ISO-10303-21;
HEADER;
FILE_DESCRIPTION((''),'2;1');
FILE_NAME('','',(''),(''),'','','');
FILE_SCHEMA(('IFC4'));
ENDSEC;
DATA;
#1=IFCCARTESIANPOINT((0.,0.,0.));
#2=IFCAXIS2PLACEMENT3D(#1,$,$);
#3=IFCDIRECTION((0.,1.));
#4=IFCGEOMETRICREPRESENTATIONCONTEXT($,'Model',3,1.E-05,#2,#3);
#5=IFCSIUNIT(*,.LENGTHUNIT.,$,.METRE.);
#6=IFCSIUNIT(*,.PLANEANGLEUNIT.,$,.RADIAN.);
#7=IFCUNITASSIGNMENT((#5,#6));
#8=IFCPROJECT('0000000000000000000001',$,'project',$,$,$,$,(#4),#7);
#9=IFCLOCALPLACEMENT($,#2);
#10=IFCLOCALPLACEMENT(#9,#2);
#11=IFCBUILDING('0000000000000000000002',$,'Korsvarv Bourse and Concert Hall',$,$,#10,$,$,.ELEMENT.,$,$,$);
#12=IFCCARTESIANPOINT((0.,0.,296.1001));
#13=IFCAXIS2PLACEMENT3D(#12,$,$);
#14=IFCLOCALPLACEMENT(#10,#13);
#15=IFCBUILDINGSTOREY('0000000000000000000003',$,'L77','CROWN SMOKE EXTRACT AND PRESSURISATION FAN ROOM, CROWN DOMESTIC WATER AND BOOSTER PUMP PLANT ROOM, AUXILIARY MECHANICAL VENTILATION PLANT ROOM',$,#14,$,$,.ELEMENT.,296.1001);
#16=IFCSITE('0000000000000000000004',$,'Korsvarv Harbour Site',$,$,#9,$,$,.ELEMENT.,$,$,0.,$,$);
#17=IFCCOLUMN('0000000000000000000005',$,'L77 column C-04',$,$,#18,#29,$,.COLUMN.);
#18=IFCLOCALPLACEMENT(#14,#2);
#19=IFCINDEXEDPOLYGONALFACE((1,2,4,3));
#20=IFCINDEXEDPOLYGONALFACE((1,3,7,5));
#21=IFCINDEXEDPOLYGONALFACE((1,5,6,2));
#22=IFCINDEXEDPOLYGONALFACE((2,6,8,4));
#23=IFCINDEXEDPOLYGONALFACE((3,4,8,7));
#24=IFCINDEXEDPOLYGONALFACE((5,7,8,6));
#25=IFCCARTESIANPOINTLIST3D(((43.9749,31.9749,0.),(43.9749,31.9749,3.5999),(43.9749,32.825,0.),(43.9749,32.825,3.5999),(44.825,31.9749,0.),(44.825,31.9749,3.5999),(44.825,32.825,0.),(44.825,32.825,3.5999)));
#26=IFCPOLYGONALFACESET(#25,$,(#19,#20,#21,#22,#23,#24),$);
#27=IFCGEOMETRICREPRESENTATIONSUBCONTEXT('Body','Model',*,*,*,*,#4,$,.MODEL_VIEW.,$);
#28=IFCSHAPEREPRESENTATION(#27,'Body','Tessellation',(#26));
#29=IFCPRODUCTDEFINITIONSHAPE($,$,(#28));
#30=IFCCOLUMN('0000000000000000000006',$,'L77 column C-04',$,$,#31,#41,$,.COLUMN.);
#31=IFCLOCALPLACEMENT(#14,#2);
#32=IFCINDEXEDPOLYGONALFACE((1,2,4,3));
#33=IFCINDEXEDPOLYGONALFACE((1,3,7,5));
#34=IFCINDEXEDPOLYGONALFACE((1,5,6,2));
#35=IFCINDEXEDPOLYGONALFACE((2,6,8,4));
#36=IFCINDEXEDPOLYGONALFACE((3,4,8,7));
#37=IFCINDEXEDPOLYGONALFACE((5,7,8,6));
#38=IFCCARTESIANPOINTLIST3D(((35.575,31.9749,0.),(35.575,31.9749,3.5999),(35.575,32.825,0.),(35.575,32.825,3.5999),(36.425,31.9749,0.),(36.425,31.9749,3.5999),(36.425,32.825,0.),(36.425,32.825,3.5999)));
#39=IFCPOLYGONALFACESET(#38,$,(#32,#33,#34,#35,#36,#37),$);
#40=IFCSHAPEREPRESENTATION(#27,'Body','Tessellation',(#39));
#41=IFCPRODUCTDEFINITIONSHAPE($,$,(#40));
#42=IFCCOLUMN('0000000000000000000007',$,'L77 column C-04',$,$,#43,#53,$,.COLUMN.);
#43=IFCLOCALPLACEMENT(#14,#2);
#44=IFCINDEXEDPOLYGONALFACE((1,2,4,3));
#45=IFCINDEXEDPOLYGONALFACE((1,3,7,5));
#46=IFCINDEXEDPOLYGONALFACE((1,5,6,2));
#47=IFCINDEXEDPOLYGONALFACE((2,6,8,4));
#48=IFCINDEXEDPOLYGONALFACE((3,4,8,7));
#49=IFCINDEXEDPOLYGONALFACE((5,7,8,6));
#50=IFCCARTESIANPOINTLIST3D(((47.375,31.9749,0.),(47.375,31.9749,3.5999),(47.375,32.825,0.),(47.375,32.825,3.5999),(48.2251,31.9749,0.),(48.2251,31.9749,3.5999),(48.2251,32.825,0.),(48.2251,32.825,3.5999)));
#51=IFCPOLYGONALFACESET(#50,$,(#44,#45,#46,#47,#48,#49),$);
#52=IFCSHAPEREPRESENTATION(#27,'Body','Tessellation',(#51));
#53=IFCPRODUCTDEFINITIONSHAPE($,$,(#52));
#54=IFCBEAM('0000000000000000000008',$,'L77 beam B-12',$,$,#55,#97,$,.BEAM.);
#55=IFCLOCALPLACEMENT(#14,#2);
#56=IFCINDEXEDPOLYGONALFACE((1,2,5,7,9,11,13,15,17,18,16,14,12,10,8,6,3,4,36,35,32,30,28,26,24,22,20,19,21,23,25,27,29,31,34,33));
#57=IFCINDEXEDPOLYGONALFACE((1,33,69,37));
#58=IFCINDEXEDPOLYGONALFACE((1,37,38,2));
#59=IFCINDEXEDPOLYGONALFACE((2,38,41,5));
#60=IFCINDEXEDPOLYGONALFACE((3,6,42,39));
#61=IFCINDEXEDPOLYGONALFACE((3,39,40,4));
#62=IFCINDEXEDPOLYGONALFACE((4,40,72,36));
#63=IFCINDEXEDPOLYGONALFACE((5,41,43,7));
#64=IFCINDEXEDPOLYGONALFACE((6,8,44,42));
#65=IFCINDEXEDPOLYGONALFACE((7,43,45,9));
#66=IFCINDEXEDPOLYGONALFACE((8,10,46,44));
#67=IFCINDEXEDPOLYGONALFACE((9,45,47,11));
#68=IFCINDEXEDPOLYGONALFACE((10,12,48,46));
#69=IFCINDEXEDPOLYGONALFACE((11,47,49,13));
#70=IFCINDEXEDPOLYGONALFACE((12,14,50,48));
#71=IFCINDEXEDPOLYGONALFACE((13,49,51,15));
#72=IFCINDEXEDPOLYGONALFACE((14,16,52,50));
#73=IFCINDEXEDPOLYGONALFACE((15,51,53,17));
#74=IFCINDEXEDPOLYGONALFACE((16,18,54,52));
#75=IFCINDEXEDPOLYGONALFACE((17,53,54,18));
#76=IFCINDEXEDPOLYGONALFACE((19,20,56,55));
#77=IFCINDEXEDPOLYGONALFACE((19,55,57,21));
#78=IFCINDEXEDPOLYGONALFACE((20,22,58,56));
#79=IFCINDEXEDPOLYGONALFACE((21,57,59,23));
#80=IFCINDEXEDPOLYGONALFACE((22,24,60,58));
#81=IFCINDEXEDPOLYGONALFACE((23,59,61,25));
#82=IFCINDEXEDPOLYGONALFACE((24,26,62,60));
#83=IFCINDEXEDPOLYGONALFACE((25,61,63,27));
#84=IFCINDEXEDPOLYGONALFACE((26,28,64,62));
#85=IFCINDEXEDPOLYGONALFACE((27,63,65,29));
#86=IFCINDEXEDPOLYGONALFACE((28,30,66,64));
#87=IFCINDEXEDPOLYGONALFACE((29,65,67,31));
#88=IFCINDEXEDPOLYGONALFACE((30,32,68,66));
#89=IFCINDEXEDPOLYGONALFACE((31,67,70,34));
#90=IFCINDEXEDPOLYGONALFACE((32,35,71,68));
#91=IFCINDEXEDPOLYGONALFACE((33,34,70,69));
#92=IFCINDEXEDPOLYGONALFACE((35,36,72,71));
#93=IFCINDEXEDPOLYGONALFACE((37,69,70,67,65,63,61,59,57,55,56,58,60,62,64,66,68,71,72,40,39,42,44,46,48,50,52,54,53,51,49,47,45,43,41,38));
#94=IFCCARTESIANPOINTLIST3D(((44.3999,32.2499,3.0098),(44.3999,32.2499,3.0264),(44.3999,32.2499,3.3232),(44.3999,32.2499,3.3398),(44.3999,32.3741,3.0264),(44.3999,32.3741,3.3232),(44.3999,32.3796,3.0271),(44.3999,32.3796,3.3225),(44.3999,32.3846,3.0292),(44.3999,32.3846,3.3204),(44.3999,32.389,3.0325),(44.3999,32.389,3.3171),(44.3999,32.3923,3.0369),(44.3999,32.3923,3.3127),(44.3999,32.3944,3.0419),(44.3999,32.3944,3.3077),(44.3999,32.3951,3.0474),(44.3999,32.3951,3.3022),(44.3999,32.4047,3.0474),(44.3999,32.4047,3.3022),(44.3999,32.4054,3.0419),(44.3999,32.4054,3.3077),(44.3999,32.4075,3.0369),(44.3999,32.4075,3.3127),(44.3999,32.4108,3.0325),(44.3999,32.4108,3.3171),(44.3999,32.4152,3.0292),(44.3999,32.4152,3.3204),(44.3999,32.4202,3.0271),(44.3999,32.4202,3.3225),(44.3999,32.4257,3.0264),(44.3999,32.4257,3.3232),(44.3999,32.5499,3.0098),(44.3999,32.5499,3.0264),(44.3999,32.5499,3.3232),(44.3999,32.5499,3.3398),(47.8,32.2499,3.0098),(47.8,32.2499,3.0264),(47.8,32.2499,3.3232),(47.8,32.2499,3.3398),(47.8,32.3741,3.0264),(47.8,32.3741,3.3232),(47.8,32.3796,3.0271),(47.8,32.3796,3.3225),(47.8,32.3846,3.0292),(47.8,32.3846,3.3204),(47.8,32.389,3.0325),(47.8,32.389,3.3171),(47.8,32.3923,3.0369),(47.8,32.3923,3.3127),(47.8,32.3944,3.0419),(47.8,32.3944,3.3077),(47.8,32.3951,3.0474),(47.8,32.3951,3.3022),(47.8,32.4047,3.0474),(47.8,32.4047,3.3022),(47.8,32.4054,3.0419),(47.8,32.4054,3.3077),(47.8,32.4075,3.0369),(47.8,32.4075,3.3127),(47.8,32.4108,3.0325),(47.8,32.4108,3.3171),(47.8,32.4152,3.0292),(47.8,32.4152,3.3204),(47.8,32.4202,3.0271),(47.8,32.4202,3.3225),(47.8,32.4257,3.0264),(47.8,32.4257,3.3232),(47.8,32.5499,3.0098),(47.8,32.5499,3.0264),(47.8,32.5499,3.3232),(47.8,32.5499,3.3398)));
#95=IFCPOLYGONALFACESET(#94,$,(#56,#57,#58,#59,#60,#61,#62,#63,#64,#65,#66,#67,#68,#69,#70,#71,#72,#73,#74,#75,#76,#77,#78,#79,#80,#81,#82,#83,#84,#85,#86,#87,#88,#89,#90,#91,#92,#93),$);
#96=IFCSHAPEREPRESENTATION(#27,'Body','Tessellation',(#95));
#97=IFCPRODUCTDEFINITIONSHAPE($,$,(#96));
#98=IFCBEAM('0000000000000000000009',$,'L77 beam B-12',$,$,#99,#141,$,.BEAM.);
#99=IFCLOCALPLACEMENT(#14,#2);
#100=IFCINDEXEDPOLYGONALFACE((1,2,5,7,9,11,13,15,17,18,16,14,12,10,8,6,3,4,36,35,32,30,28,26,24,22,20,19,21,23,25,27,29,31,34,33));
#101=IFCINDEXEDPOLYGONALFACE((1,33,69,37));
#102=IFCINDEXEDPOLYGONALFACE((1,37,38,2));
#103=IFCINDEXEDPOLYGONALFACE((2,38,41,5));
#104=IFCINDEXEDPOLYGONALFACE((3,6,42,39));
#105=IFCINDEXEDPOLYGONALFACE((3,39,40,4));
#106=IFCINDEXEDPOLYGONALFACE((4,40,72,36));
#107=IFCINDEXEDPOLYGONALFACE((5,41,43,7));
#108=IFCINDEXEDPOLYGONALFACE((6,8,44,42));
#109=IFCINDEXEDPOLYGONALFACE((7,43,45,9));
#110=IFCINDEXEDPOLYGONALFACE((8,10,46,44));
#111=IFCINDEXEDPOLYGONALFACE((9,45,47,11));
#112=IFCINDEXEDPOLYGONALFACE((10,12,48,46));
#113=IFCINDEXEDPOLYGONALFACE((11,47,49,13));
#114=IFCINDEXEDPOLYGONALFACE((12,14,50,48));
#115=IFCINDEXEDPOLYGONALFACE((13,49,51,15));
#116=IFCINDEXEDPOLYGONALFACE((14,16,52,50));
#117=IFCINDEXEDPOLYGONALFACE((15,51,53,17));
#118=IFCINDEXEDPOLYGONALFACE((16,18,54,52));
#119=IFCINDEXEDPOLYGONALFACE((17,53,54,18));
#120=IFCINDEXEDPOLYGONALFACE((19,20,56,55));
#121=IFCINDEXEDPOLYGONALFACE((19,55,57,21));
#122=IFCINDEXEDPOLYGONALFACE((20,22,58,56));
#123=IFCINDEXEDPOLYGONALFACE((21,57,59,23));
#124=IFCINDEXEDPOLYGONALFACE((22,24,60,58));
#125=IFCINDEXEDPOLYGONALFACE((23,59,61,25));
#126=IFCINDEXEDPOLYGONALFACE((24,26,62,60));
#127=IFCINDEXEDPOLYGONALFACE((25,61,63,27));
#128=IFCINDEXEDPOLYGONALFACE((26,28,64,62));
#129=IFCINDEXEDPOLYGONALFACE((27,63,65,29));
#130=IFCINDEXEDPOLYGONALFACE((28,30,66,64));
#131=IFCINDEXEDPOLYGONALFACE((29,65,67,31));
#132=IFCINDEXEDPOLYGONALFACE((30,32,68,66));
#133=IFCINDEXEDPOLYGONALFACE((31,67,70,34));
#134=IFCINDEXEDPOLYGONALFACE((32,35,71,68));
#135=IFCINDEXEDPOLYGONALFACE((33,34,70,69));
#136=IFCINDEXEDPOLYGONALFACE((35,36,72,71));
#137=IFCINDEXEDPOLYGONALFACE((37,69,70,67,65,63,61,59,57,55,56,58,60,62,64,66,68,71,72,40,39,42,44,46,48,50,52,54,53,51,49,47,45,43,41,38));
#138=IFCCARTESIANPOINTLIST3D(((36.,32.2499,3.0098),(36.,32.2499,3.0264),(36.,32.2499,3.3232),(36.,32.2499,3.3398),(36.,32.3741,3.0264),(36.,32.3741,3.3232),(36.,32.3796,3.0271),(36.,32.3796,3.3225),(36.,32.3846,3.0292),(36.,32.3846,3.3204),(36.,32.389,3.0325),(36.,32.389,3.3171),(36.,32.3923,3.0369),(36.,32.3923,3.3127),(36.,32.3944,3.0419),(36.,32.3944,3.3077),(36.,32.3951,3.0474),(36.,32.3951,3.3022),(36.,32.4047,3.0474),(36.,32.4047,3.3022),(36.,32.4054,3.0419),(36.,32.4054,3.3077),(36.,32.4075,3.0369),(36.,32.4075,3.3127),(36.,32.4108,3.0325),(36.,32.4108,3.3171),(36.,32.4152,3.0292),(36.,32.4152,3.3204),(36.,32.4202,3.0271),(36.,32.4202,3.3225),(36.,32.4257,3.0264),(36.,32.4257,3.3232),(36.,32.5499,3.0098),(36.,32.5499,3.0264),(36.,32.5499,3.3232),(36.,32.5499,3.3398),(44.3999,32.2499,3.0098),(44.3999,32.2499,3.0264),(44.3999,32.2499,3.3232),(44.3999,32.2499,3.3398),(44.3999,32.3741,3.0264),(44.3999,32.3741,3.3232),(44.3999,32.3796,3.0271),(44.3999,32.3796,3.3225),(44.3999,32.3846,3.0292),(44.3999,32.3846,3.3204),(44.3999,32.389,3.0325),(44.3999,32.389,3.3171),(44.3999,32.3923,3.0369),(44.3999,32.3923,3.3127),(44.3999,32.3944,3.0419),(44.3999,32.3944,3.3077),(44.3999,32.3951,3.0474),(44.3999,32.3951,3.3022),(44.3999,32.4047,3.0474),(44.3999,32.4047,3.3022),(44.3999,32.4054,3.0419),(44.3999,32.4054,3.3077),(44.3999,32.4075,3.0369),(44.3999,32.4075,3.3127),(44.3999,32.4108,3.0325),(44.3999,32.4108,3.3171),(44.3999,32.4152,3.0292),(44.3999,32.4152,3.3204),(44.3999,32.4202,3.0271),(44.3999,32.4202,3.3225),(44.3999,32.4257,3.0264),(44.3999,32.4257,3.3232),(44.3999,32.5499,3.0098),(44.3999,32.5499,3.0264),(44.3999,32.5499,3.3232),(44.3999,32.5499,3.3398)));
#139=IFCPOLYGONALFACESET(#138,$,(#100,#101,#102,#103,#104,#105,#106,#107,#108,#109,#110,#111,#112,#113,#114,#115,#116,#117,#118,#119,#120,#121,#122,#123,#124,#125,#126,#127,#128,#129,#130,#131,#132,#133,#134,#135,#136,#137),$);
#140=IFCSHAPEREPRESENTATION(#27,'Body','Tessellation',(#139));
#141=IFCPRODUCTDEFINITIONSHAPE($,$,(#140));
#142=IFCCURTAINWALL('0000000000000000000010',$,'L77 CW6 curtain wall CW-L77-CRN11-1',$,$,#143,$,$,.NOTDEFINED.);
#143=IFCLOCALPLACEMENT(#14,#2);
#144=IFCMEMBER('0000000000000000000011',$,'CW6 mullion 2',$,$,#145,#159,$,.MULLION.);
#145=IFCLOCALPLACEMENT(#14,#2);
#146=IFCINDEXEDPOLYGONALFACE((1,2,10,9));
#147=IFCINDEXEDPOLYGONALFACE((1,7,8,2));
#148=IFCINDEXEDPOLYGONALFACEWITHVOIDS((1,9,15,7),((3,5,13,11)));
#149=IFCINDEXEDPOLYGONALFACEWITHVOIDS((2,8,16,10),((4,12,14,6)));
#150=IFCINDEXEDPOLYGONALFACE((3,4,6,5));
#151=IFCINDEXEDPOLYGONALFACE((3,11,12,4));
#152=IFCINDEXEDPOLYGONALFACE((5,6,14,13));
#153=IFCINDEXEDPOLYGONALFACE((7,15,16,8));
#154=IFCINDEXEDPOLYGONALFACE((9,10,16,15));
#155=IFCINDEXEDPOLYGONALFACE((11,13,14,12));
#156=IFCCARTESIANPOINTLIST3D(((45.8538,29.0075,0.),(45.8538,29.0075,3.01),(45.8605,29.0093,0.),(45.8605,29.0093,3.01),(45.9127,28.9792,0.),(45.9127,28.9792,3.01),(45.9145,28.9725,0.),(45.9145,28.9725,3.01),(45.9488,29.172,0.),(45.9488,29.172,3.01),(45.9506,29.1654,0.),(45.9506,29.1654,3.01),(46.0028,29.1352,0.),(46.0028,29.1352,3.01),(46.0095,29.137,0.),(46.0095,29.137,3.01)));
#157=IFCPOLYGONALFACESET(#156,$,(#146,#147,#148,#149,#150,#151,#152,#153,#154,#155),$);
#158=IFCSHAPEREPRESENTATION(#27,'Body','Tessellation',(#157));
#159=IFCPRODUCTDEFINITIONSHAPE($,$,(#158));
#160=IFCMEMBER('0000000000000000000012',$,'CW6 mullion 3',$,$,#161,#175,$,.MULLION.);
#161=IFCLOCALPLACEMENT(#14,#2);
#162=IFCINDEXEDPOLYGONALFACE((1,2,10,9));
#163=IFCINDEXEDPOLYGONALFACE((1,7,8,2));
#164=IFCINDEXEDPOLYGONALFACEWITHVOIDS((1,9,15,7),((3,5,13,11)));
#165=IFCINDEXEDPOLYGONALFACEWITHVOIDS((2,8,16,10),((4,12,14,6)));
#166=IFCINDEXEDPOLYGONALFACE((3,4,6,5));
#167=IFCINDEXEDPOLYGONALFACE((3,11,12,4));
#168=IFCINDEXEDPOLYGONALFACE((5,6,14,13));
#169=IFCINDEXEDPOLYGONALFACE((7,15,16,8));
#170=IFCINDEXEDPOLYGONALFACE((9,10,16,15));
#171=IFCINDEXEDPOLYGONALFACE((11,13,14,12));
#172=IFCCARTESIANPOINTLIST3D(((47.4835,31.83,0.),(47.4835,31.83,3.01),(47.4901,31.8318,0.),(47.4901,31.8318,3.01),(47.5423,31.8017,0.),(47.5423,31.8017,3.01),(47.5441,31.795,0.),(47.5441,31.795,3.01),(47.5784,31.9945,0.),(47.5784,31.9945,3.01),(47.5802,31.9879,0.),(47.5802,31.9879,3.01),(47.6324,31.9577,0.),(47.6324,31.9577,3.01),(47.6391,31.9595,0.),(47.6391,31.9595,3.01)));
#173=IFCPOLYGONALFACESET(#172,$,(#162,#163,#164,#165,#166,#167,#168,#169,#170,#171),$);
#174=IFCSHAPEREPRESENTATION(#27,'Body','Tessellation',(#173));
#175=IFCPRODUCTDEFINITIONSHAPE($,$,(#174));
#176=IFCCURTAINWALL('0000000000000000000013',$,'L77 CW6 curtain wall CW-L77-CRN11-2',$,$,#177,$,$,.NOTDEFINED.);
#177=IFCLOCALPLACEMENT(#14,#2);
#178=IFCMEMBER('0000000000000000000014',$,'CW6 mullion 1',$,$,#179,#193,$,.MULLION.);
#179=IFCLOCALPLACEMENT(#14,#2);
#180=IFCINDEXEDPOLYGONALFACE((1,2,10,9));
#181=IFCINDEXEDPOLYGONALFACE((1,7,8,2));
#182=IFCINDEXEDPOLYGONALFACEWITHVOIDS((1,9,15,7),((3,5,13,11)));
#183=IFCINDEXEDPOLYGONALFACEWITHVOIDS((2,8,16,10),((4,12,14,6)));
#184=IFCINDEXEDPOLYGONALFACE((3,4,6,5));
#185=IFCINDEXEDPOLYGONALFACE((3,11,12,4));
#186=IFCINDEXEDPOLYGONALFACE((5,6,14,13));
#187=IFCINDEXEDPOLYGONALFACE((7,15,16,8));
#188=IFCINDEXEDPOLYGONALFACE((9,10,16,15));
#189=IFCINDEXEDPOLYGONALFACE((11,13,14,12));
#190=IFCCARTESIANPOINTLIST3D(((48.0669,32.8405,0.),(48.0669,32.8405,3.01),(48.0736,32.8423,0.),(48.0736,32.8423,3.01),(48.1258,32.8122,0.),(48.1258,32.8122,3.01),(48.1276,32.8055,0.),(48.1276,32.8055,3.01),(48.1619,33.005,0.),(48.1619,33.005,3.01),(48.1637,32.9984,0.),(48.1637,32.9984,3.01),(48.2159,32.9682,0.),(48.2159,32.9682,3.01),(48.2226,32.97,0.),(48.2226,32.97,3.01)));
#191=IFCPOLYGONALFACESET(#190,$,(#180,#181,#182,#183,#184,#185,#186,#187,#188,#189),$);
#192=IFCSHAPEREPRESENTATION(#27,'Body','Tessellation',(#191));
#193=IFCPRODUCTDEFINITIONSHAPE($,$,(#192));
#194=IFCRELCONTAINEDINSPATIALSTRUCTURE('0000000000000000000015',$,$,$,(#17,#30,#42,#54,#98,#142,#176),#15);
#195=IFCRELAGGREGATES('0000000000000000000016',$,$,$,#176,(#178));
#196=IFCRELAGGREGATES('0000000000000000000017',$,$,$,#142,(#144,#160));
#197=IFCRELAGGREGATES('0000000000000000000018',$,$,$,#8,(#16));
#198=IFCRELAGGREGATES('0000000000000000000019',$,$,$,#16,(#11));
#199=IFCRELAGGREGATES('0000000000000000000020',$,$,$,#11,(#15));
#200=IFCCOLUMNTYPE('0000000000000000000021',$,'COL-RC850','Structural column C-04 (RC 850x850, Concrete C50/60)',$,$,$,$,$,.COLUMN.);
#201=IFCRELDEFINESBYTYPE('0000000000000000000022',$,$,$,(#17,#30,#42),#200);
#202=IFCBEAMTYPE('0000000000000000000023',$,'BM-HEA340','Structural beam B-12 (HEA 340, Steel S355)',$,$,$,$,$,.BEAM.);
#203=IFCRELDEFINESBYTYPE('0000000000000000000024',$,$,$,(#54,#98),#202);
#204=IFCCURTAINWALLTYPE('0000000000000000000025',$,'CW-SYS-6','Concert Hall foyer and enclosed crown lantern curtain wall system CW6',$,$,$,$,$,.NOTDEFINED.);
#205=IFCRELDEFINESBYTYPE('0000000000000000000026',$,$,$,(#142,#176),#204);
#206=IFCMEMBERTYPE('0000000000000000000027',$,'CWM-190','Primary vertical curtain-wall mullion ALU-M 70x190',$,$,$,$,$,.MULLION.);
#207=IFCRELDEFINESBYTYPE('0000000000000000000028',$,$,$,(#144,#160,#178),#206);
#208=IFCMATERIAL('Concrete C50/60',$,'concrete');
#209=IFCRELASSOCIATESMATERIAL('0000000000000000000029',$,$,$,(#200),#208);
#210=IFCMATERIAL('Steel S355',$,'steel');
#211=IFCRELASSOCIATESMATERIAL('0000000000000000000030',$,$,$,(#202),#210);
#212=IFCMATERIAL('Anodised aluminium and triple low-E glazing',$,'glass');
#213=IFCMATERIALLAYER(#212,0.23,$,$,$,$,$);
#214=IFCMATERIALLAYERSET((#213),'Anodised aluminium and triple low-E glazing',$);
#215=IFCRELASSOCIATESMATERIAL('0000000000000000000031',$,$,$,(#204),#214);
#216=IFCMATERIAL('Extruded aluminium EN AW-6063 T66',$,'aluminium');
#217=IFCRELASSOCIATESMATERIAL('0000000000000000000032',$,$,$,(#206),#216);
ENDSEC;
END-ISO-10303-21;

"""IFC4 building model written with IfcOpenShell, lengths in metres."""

from ifc_helpers import new_model, si_unit, direction, frame, origin, origin_2d, place, context, subcontext, project, spatial, rectangle, hollow_rectangle, i_section, extrude, source, transform, mapped, material, layer, layer_set, material_profile, profile_set, type_object, element, aggregate, save


model = new_model("IFC4")

# Units and contexts
model_context = context("Model", 3, precision=1e-05, world=origin(), true_north=direction((0.0, 1.0)))
body_context = subcontext(model_context, "Body", "Model", "MODEL_VIEW")
ifc_project = project(units=[si_unit("LENGTHUNIT", "METRE"), si_unit("PLANEANGLEUNIT", "RADIAN")], contexts=[model_context])

# Site, building, storey
site_placement = place(None, origin())
site = spatial("IfcSite", under=ifc_project, at=site_placement, Name="Korsvarv Harbour Site", CompositionType="ELEMENT", RefElevation=0.0)
building_placement = place(site_placement, origin())
building = spatial("IfcBuilding", under=site, at=building_placement, Name="Korsvarv Bourse and Concert Hall", CompositionType="ELEMENT")
storey_placement = place(building_placement, frame((0.0, 0.0, 296.1001)))
storey = spatial("IfcBuildingStorey", under=building, at=storey_placement, Name="L77", Description="CROWN SMOKE EXTRACT AND PRESSURISATION FAN ROOM, CROWN DOMESTIC WATER AND BOOSTER PUMP PLANT ROOM, AUXILIARY MECHANICAL VENTILATION PLANT ROOM", CompositionType="ELEMENT", Elevation=296.1001)

# Columns
ifc_material_1 = material(Name="Concrete C50/60", Category="concrete")
ifc_material_profile_1 = material_profile(ifc_material_1, rectangle(XDim=0.8501, YDim=0.8501, at=origin_2d()), Name="RC 850x850")
ifc_profile_set_1 = profile_set([ifc_material_profile_1], Name="Concrete C50/60")
column_type = type_object("IfcColumnType", Name="COL-RC850", Description="Structural column C-04 (RC 850x850, Concrete C50/60)", PredefinedType="COLUMN", material=ifc_profile_set_1)
shared_shape_1 = source(origin(), body_context, "Body", "SweptSolid", [
    extrude(rectangle(XDim=0.8501, YDim=0.8501, at=origin_2d()), origin(), (0.0, 0.0, 1.0), 3.5999),
])
for number, where, z_axis, x_axis, name in (
    (1, (44.3999, 32.3999, 0.0), (0.0, 0.0, 1.0), (1.0, 0.0, 0.0), "L77 column C-04"),
    (2, (36.0, 32.3999, 0.0), (0.0, 0.0, 1.0), (1.0, 0.0, 0.0), "L77 column C-04"),
    (3, (47.8, 32.3999, 0.0), (0.0, 0.0, 1.0), (1.0, 0.0, 0.0), "L77 column C-04"),
):
    element("IfcColumn", number, at=place(storey_placement, frame(where, z_axis=z_axis, x_axis=x_axis)), inside=storey, type_object=column_type, Name=name, PredefinedType="COLUMN", context=body_context, shape_type="MappedRepresentation", body=[
        mapped(shared_shape_1, transform((0.0, 0.0, 0.0), scale=1.0)),
    ])

# Beams
ifc_material_2 = material(Name="Steel S355", Category="steel")
ifc_material_profile_2 = material_profile(ifc_material_2, i_section(OverallWidth=0.3, OverallDepth=0.3301, WebThickness=0.0095, FlangeThickness=0.0166, FilletRadius=0.021, at=origin_2d()), Name="HEA 340")
ifc_profile_set_2 = profile_set([ifc_material_profile_2], Name="Steel S355")
beam_type = type_object("IfcBeamType", Name="BM-HEA340", Description="Structural beam B-12 (HEA 340, Steel S355)", PredefinedType="BEAM", material=ifc_profile_set_2)
shared_shape_2 = source(origin(), body_context, "Body", "SweptSolid", [
    extrude(i_section(OverallWidth=0.3, OverallDepth=0.3301, WebThickness=0.0095, FlangeThickness=0.0166, FilletRadius=0.021, at=origin_2d()), origin(), (0.0, 0.0, 1.0), 3.4001),
])
beam_1_placement = place(storey_placement, frame((44.3999, 32.3999, 3.1748), z_axis=(1.0, 0.0, 0.0), x_axis=(0.0, 1.0, 0.0)))
element("IfcBeam", 4, at=beam_1_placement, inside=storey, type_object=beam_type, Name="L77 beam B-12", PredefinedType="BEAM", context=body_context, shape_type="MappedRepresentation", body=[
    mapped(shared_shape_2, transform((0.0, 0.0, 0.0), scale=1.0)),
])
shared_shape_3 = source(origin(), body_context, "Body", "SweptSolid", [
    extrude(i_section(OverallWidth=0.3, OverallDepth=0.3301, WebThickness=0.0095, FlangeThickness=0.0166, FilletRadius=0.021, at=origin_2d()), origin(), (0.0, 0.0, 1.0), 8.3999),
])
beam_2_placement = place(storey_placement, frame((36.0, 32.3999, 3.1748), z_axis=(1.0, 0.0, 0.0), x_axis=(0.0, 1.0, 0.0)))
element("IfcBeam", 5, at=beam_2_placement, inside=storey, type_object=beam_type, Name="L77 beam B-12", PredefinedType="BEAM", context=body_context, shape_type="MappedRepresentation", body=[
    mapped(shared_shape_3, transform((0.0, 0.0, 0.0), scale=1.0)),
])

# Curtain walls, members
ifc_material_3 = material(Name="Anodised aluminium and triple low-E glazing", Category="glass")
ifc_layer_1 = layer(ifc_material_3, 0.23)
ifc_layer_set_1 = layer_set([ifc_layer_1], Name="Anodised aluminium and triple low-E glazing")
curtain_wall_type = type_object("IfcCurtainWallType", Name="CW-SYS-6", Description="Concert Hall foyer and enclosed crown lantern curtain wall system CW6", PredefinedType="NOTDEFINED", material=ifc_layer_set_1)
curtain_wall_1_placement = place(storey_placement, origin())
curtain_wall_1 = element("IfcCurtainWall", 6, at=curtain_wall_1_placement, inside=storey, type_object=curtain_wall_type, Name="L77 CW6 curtain wall CW-L77-CRN11-1", PredefinedType="NOTDEFINED")
ifc_material_4 = material(Name="Extruded aluminium EN AW-6063 T66", Category="aluminium")
ifc_material_profile_3 = material_profile(ifc_material_4, hollow_rectangle(XDim=0.0701, YDim=0.1899, WallThickness=0.0049, at=origin_2d()), Name="ALU-M 70x190")
ifc_profile_set_3 = profile_set([ifc_material_profile_3], Name="Extruded aluminium EN AW-6063 T66")
member_type_1 = type_object("IfcMemberType", Name="CWM-190", Description="Primary vertical curtain-wall mullion ALU-M 70x190", PredefinedType="MULLION", material=ifc_profile_set_3)
shared_shape_4 = source(origin(), body_context, "Body", "SweptSolid", [
    extrude(hollow_rectangle(XDim=0.0701, YDim=0.1899, WallThickness=0.0049, at=origin_2d()), origin(), (0.0, 0.0, 1.0), 3.01),
])
member_1_placement = place(storey_placement, frame((45.9316, 29.0723, 0.0), z_axis=(0.0, 0.0, 1.0), x_axis=(-0.866021, 0.500008, 0.0)))
member_1 = element("IfcMember", 7, at=member_1_placement, type_object=member_type_1, Name="CW6 mullion 2", PredefinedType="MULLION", context=body_context, shape_type="MappedRepresentation", body=[
    mapped(shared_shape_4, transform((0.0, 0.0, 0.0), scale=1.0)),
])
member_2_placement = place(storey_placement, frame((47.5613, 31.8948, 0.0), z_axis=(0.0, 0.0, 1.0), x_axis=(-0.866021, 0.500008, 0.0)))
member_2 = element("IfcMember", 8, at=member_2_placement, type_object=member_type_1, Name="CW6 mullion 3", PredefinedType="MULLION", context=body_context, shape_type="MappedRepresentation", body=[
    mapped(shared_shape_4, transform((0.0, 0.0, 0.0), scale=1.0)),
])
curtain_wall_2_placement = place(storey_placement, origin())
curtain_wall_2 = element("IfcCurtainWall", 9, at=curtain_wall_2_placement, inside=storey, type_object=curtain_wall_type, Name="L77 CW6 curtain wall CW-L77-CRN11-2", PredefinedType="NOTDEFINED")
member_3_placement = place(storey_placement, frame((48.1448, 32.9053, 0.0), z_axis=(0.0, 0.0, 1.0), x_axis=(-0.86599, 0.500061, 0.0)))
member_3 = element("IfcMember", 10, at=member_3_placement, type_object=member_type_1, Name="CW6 mullion 1", PredefinedType="MULLION", context=body_context, shape_type="MappedRepresentation", body=[
    mapped(shared_shape_4, transform((0.0, 0.0, 0.0), scale=1.0)),
])

aggregate(curtain_wall_2, [member_3])
aggregate(curtain_wall_1, [member_1, member_2])

save(model, "model.ifc")
